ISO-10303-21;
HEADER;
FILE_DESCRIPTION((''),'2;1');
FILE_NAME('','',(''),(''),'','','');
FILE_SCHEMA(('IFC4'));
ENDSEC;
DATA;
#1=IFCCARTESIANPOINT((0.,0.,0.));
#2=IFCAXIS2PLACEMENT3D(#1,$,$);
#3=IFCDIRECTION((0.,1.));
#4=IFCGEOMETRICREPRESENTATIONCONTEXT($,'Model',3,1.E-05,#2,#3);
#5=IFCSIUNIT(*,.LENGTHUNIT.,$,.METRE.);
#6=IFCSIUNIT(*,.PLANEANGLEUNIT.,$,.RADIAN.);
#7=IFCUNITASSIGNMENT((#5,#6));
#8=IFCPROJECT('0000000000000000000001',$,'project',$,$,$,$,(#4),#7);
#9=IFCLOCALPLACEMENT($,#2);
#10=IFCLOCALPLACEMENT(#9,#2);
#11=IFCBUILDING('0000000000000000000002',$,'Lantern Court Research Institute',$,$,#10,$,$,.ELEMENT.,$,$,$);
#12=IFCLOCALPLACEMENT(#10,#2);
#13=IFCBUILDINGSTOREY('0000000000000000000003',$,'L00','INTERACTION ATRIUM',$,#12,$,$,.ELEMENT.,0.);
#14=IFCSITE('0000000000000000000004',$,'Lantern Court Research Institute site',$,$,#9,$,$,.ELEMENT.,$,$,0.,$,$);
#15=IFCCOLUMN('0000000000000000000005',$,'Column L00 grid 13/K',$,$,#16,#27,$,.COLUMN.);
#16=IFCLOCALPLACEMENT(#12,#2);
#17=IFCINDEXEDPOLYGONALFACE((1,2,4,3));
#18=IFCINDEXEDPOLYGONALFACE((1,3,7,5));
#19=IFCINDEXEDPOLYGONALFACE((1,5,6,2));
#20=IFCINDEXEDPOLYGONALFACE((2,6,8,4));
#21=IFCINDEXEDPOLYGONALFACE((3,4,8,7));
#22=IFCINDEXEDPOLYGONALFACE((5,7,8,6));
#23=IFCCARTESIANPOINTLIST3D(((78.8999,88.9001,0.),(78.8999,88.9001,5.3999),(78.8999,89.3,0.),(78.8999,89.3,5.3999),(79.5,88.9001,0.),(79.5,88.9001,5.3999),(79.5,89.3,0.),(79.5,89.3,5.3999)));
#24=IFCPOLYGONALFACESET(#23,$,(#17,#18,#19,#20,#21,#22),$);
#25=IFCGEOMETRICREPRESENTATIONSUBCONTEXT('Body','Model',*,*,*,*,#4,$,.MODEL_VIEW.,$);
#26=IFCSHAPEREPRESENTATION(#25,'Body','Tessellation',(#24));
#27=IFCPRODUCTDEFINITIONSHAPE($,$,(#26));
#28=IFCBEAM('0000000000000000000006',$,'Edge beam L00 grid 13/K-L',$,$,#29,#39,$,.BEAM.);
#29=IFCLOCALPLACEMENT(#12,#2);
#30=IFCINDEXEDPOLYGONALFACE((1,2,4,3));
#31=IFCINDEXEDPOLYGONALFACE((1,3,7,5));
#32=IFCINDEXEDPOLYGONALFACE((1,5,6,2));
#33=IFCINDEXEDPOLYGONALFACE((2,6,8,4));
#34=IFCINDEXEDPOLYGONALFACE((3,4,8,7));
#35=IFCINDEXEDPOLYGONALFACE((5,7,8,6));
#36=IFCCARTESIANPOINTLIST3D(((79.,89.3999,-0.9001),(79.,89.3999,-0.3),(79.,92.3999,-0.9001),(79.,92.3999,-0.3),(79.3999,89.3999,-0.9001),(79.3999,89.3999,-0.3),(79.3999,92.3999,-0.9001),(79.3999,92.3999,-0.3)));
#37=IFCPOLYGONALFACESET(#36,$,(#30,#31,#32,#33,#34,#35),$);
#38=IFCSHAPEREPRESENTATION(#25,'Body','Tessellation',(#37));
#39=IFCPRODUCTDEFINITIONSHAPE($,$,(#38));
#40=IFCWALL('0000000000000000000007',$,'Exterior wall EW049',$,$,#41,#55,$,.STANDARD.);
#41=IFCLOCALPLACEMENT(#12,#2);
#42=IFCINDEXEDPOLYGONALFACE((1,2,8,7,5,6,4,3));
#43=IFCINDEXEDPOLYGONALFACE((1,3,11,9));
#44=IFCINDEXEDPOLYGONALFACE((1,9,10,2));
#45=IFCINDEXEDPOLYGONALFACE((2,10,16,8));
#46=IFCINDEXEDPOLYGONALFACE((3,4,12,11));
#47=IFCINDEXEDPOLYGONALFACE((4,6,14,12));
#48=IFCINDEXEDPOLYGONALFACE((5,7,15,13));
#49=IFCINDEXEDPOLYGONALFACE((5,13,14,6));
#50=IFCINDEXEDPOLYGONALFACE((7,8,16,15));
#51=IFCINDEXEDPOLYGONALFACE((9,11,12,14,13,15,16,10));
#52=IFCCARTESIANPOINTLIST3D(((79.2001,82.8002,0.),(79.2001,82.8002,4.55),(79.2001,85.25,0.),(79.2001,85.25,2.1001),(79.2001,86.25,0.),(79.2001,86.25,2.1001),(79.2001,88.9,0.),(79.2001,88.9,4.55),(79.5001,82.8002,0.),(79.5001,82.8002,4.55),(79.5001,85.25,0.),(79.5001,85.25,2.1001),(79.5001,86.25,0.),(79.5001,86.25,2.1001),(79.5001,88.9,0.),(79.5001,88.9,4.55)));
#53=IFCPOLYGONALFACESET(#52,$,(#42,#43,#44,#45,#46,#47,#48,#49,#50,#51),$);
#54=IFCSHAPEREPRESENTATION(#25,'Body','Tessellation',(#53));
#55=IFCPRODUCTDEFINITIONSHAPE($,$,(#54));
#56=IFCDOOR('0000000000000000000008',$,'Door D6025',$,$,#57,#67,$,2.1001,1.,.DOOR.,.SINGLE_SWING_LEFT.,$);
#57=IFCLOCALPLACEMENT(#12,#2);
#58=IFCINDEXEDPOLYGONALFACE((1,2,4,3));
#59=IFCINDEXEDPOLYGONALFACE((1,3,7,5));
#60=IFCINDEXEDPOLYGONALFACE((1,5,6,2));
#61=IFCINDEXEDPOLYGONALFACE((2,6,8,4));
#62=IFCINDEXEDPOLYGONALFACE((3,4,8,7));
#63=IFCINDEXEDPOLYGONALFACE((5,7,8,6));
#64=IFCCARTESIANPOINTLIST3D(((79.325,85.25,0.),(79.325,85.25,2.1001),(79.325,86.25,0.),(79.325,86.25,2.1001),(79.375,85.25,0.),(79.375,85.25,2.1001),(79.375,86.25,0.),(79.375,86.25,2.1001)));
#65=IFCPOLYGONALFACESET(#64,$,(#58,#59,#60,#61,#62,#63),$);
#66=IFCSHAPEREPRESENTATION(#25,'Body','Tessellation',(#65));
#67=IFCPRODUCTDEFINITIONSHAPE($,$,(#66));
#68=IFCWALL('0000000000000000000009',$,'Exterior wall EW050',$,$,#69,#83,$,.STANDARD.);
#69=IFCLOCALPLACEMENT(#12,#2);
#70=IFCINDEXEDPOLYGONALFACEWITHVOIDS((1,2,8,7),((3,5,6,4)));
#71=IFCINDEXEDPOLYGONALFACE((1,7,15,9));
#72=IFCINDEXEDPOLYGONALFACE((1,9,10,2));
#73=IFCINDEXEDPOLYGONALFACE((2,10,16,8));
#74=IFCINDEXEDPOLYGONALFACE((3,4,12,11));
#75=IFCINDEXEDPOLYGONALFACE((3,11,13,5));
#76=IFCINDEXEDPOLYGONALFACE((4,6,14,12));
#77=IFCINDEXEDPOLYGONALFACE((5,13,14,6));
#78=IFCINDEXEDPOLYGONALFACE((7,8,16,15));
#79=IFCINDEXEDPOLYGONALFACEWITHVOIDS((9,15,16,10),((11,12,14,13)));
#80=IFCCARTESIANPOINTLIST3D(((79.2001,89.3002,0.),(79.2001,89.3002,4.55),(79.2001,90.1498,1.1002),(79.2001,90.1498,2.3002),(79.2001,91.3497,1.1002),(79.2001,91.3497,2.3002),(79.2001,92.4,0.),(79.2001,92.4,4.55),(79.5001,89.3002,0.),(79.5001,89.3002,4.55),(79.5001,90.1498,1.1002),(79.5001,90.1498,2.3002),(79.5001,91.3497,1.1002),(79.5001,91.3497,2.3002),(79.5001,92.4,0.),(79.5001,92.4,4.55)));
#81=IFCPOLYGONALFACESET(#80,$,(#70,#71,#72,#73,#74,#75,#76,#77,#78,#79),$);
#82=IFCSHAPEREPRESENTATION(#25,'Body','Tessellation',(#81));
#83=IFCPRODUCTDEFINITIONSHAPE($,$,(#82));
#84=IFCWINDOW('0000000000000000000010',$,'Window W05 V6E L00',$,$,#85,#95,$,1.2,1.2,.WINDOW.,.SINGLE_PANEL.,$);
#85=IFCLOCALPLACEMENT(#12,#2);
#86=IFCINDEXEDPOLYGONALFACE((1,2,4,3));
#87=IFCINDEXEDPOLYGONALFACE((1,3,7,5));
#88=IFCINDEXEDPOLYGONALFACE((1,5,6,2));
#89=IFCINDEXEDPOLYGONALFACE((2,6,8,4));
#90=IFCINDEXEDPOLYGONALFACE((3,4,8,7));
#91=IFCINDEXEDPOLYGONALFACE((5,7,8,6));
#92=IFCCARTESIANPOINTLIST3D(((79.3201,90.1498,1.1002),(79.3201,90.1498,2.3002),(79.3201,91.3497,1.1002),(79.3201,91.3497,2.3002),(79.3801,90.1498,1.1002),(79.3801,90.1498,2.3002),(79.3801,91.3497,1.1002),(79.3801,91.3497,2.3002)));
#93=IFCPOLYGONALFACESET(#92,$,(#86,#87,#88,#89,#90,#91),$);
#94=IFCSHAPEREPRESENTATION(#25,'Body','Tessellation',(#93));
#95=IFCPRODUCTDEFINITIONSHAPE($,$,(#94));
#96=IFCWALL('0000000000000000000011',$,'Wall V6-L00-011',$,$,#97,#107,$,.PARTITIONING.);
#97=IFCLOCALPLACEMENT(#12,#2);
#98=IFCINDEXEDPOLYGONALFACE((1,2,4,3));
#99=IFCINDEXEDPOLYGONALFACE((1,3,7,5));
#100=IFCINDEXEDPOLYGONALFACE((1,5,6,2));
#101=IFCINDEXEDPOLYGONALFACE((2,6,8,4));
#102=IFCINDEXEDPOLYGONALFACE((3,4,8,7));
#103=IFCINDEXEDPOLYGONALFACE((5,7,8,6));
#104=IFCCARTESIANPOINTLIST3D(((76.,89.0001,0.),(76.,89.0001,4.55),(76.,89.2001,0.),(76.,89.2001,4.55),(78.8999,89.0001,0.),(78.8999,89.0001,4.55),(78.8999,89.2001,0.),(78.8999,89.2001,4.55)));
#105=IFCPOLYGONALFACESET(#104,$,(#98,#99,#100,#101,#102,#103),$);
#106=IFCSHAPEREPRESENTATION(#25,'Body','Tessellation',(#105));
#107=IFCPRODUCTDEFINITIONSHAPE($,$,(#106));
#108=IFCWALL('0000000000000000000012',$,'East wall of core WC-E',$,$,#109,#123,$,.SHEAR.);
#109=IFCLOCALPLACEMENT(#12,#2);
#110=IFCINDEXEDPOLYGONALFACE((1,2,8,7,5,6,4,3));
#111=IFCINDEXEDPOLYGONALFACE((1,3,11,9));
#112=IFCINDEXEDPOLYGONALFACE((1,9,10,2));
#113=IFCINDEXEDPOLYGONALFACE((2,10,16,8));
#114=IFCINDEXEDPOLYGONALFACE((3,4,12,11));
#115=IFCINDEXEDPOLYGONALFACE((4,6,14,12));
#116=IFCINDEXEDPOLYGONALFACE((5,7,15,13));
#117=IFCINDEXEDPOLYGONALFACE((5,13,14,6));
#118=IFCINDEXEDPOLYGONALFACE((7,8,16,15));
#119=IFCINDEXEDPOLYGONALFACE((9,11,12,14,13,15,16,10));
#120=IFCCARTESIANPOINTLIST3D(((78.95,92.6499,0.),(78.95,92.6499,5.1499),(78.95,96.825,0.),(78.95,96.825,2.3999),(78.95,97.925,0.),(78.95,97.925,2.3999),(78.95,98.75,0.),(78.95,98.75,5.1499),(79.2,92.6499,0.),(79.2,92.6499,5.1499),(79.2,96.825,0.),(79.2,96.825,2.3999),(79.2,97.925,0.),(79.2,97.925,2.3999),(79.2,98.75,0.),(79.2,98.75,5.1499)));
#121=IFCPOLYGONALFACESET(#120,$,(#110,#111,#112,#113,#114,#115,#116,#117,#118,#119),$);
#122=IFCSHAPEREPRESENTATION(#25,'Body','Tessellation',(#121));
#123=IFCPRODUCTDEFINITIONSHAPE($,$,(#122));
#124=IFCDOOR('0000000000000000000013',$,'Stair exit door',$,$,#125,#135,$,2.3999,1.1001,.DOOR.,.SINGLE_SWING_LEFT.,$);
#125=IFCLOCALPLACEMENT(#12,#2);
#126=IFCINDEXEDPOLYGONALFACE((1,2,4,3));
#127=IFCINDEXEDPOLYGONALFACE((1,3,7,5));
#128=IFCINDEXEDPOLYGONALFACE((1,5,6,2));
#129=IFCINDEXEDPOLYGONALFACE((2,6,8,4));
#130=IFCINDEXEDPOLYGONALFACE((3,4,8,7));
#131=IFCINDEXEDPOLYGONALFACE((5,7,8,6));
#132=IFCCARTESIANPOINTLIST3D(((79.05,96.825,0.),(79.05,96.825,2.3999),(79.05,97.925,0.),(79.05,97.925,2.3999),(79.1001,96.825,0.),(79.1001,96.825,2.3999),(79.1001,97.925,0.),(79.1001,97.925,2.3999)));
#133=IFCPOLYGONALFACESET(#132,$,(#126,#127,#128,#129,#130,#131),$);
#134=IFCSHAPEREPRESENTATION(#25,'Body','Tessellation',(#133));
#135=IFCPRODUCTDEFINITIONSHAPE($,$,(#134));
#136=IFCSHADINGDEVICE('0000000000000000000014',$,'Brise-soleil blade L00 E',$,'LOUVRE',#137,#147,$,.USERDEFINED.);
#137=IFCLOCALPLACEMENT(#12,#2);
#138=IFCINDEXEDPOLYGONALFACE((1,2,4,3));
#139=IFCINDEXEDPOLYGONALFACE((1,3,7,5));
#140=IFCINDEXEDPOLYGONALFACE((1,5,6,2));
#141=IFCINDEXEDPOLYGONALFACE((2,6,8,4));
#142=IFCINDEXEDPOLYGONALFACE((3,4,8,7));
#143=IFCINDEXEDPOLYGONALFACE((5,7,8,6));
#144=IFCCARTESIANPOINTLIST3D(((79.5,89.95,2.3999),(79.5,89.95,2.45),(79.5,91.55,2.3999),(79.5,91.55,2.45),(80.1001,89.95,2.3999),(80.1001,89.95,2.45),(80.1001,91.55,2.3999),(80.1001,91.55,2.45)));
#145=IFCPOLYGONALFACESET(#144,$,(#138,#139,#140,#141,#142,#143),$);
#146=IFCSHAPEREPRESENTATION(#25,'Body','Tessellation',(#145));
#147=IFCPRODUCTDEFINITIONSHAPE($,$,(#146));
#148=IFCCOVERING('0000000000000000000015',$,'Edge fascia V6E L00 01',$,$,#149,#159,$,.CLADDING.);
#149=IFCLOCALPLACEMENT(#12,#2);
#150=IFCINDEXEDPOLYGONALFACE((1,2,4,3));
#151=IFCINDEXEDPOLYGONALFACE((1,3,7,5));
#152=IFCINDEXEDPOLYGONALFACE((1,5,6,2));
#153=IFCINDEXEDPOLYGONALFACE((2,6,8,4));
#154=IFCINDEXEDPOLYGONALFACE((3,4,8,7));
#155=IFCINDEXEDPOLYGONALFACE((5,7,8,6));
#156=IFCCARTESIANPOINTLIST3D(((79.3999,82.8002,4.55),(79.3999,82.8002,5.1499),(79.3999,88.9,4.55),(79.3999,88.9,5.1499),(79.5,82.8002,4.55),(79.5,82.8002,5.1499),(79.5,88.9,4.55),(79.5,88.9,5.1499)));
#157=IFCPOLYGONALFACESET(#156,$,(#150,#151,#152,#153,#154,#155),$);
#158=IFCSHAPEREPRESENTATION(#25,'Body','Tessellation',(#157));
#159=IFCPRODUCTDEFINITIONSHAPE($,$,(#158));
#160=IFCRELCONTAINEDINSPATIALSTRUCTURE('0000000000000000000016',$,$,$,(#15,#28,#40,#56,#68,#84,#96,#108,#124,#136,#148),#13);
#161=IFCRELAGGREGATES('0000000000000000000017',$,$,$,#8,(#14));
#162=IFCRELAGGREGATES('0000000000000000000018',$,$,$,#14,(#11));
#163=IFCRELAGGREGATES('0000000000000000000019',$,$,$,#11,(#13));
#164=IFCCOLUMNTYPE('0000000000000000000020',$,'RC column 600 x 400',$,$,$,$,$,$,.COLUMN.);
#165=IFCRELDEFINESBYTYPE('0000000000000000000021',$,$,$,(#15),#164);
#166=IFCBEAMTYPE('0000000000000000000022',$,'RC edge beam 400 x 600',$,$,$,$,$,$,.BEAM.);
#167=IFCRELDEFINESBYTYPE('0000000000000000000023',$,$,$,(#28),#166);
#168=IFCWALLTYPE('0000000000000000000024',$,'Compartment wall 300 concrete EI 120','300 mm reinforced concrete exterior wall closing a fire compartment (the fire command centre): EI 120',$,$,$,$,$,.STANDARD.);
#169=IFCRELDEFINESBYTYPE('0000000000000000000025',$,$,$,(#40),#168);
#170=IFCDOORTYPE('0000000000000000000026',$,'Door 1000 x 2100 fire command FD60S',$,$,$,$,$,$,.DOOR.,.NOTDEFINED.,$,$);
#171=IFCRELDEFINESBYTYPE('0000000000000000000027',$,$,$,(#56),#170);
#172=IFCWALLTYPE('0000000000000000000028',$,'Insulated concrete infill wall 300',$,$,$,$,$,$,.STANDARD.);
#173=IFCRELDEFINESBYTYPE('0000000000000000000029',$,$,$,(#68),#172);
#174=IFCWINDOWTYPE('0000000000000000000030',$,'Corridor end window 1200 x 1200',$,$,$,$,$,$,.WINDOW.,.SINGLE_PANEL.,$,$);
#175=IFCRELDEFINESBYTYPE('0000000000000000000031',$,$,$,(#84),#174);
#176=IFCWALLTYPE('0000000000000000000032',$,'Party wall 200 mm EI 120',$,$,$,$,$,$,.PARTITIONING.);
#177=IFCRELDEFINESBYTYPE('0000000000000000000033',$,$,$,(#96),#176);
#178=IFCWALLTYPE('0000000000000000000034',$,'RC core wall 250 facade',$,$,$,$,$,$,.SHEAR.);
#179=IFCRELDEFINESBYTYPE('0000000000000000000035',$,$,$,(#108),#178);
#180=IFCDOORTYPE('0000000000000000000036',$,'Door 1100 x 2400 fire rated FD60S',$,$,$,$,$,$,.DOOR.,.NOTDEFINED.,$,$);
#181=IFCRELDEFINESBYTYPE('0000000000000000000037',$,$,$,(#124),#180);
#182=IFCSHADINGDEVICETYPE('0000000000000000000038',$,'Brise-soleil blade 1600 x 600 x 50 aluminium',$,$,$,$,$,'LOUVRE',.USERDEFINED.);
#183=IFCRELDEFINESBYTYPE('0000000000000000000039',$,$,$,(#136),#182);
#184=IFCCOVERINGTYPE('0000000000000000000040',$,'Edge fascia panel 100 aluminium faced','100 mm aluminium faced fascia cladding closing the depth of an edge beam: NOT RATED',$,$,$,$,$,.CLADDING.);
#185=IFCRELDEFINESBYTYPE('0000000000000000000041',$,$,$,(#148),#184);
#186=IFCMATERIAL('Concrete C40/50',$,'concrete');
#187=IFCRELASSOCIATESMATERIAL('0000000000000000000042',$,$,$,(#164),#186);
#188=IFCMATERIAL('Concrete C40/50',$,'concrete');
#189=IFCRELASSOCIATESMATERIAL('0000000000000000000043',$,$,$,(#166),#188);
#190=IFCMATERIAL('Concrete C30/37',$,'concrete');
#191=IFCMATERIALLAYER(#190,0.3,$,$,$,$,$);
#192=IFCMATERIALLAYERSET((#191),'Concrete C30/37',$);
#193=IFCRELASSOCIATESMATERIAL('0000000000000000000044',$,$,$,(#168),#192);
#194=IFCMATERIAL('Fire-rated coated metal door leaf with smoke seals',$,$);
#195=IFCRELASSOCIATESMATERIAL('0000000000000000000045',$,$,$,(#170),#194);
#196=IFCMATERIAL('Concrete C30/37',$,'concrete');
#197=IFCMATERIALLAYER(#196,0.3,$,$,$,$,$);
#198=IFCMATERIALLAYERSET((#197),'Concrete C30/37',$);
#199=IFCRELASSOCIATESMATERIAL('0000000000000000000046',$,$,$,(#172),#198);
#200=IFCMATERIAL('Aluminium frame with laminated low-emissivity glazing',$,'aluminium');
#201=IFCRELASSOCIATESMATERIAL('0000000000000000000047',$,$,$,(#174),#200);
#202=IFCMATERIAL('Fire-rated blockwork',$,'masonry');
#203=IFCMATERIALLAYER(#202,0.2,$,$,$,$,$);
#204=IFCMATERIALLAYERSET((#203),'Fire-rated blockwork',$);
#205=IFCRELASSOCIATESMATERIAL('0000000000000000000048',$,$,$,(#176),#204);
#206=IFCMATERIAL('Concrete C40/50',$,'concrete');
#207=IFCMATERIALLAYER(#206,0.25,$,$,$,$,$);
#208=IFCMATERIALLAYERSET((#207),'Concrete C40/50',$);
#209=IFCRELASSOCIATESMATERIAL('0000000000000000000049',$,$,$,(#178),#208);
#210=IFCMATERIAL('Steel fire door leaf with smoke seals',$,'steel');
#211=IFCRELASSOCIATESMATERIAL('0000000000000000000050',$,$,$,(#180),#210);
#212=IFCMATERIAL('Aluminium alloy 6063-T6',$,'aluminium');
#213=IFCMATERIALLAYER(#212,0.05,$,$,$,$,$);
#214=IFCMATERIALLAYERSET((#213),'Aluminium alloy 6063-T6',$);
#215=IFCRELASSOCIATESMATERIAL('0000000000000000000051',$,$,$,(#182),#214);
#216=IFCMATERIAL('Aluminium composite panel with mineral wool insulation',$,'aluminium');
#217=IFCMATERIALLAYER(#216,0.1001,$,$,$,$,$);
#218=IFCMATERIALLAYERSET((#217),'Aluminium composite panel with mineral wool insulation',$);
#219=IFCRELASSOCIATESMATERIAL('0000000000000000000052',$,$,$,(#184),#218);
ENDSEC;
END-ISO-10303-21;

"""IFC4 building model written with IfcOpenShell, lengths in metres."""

from ifc_helpers import new_model, si_unit, direction, frame, frame_2d, origin, origin_2d, place, context, subcontext, project, spatial, rectangle, extrude, material, layer, layer_set, material_profile, profile_set, type_object, element, fill, save


model = new_model("IFC4")

# Units and contexts
model_context = context("Model", 3, precision=1e-05, world=origin(), true_north=direction((0.0, 1.0)))
body_context = subcontext(model_context, "Body", "Model", "MODEL_VIEW")
ifc_project = project(units=[si_unit("LENGTHUNIT", "METRE"), si_unit("PLANEANGLEUNIT", "RADIAN")], contexts=[model_context])

# Site, building, storey
site_placement = place(None, origin())
site = spatial("IfcSite", under=ifc_project, at=site_placement, Name="Lantern Court Research Institute site", CompositionType="ELEMENT", RefElevation=0.0)
building_placement = place(site_placement, origin())
building = spatial("IfcBuilding", under=site, at=building_placement, Name="Lantern Court Research Institute", CompositionType="ELEMENT")
storey_placement = place(building_placement, origin())
storey = spatial("IfcBuildingStorey", under=building, at=storey_placement, Name="L00", Description="INTERACTION ATRIUM", CompositionType="ELEMENT", Elevation=0.0)

# Column
ifc_material_1 = material(Name="Concrete C40/50", Category="concrete")
ifc_material_profile_1 = material_profile(ifc_material_1, rectangle(XDim=0.6001, YDim=0.3999, at=origin_2d()), Name="RC column 600 x 400")
ifc_profile_set_1 = profile_set([ifc_material_profile_1], Name="Concrete C40/50")
column_type = type_object("IfcColumnType", Name="RC column 600 x 400", PredefinedType="COLUMN", material=ifc_profile_set_1)
column_placement = place(storey_placement, frame((79.2, 89.1001, 0.0), z_axis=(0.0, 0.0, 1.0), x_axis=(1.0, 0.0, 0.0)))
element("IfcColumn", 1, at=column_placement, inside=storey, type_object=column_type, Name="Column L00 grid 13/K", PredefinedType="COLUMN", context=body_context, shape_type="SweptSolid", body=[
    extrude(rectangle(XDim=0.6001, YDim=0.3999, at=origin_2d()), origin(), (0.0, 0.0, 1.0), 5.3999),
])

# Beam
ifc_material_2 = material(Name="Concrete C40/50", Category="concrete")
ifc_material_profile_2 = material_profile(ifc_material_2, rectangle(XDim=0.3999, YDim=0.6001, at=origin_2d()), Name="RC beam 400 x 600")
ifc_profile_set_2 = profile_set([ifc_material_profile_2], Name="Concrete C40/50")
beam_type = type_object("IfcBeamType", Name="RC edge beam 400 x 600", PredefinedType="BEAM", material=ifc_profile_set_2)
beam_placement = place(storey_placement, frame((79.2, 89.3999, -0.6001), z_axis=(0.0, 1.0, 0.0), x_axis=(-1.0, 0.0, 0.0)))
element("IfcBeam", 2, at=beam_placement, inside=storey, type_object=beam_type, Name="Edge beam L00 grid 13/K-L", PredefinedType="BEAM", context=body_context, shape_type="SweptSolid", body=[
    extrude(rectangle(XDim=0.3999, YDim=0.6001, at=origin_2d()), origin(), (0.0, 0.0, 1.0), 3.0),
])

# Wall, opening, door
ifc_material_3 = material(Name="Concrete C30/37", Category="concrete")
ifc_layer_1 = layer(ifc_material_3, 0.3)
ifc_layer_set_1 = layer_set([ifc_layer_1], Name="Concrete C30/37")
wall_type_1 = type_object("IfcWallType", Name="Compartment wall 300 concrete EI 120", Description="300 mm reinforced concrete exterior wall closing a fire compartment (the fire command centre): EI 120", PredefinedType="STANDARD", material=ifc_layer_set_1)
wall_1_placement = place(storey_placement, frame((79.3501, 88.8999, 0.0), z_axis=(0.0, 0.0, 1.0), x_axis=(0.0, -1.0, 0.0)))
wall_1 = element("IfcWall", 3, at=wall_1_placement, inside=storey, type_object=wall_type_1, Name="Exterior wall EW049", PredefinedType="STANDARD", context=body_context, shape_type="SweptSolid", body=[
    extrude(rectangle(XDim=6.0999, YDim=0.3, at=frame_2d((3.0498, 0.0))), origin(), (0.0, 0.0, 1.0), 4.55),
])
opening_1_placement = place(wall_1_placement, frame((2.6499, 0.0, 0.0)))
opening_1 = element("IfcOpeningElement", 4, at=opening_1_placement, cuts=wall_1, PredefinedType="OPENING", context=body_context, shape_type="SweptSolid", body=[
    extrude(rectangle(XDim=1.0, YDim=2.1001, at=frame_2d((0.5, 1.05))), frame((0.0, 0.1599, 0.0), z_axis=(0.0, -1.0, 0.0), x_axis=(1.0, 0.0, 0.0)), (0.0, 0.0, 1.0), 0.3201),
])
ifc_material_4 = material(Name="Fire-rated coated metal door leaf with smoke seals")
door_type_1 = type_object("IfcDoorType", Name="Door 1000 x 2100 fire command FD60S", OperationType="NOTDEFINED", PredefinedType="DOOR", material=ifc_material_4)
door_1_placement = place(opening_1_placement, origin())
door_1 = element("IfcDoor", 5, at=door_1_placement, inside=storey, type_object=door_type_1, Name="Door D6025", OperationType="SINGLE_SWING_LEFT", OverallHeight=2.1001, OverallWidth=1.0, PredefinedType="DOOR", context=body_context, shape_type="SweptSolid", body=[
    extrude(rectangle(XDim=1.0, YDim=2.1001, at=frame_2d((0.5, 1.05))), frame((0.0, 0.0249, 0.0), z_axis=(0.0, -1.0, 0.0), x_axis=(1.0, 0.0, 0.0)), (0.0, 0.0, 1.0), 0.05),
])
fill(opening_1, door_1)

# Wall, opening, window
ifc_material_5 = material(Name="Concrete C30/37", Category="concrete")
ifc_layer_2 = layer(ifc_material_5, 0.3)
ifc_layer_set_2 = layer_set([ifc_layer_2], Name="Concrete C30/37")
wall_type_2 = type_object("IfcWallType", Name="Insulated concrete infill wall 300", PredefinedType="STANDARD", material=ifc_layer_set_2)
wall_2_placement = place(storey_placement, frame((79.3501, 92.3999, 0.0), z_axis=(0.0, 0.0, 1.0), x_axis=(0.0, -1.0, 0.0)))
wall_2 = element("IfcWall", 6, at=wall_2_placement, inside=storey, type_object=wall_type_2, Name="Exterior wall EW050", PredefinedType="STANDARD", context=body_context, shape_type="SweptSolid", body=[
    extrude(rectangle(XDim=3.0999, YDim=0.3, at=frame_2d((1.5498, 0.0))), origin(), (0.0, 0.0, 1.0), 4.55),
])
opening_2_placement = place(wall_2_placement, frame((1.05, 0.0, 1.1001)))
opening_2 = element("IfcOpeningElement", 7, at=opening_2_placement, cuts=wall_2, PredefinedType="OPENING", context=body_context, shape_type="SweptSolid", body=[
    extrude(rectangle(XDim=1.2, YDim=1.2, at=frame_2d((0.6001, 0.6001))), frame((0.0, 0.1599, 0.0), z_axis=(0.0, -1.0, 0.0), x_axis=(1.0, 0.0, 0.0)), (0.0, 0.0, 1.0), 0.3201),
])
ifc_material_6 = material(Name="Aluminium frame with laminated low-emissivity glazing", Category="aluminium")
window_type = type_object("IfcWindowType", Name="Corridor end window 1200 x 1200", PartitioningType="SINGLE_PANEL", PredefinedType="WINDOW", material=ifc_material_6)
window_placement = place(opening_2_placement, origin())
window = element("IfcWindow", 8, at=window_placement, inside=storey, type_object=window_type, Name="Window W05 V6E L00", OverallHeight=1.2, OverallWidth=1.2, PartitioningType="SINGLE_PANEL", PredefinedType="WINDOW", context=body_context, shape_type="SweptSolid", body=[
    extrude(rectangle(XDim=1.2, YDim=1.2, at=frame_2d((0.6001, 0.6001))), frame((0.0, 0.03, 0.0), z_axis=(0.0, -1.0, 0.0), x_axis=(1.0, 0.0, 0.0)), (0.0, 0.0, 1.0), 0.0601),
])
fill(opening_2, window)

# Wall
ifc_material_7 = material(Name="Fire-rated blockwork", Category="masonry")
ifc_layer_3 = layer(ifc_material_7, 0.2)
ifc_layer_set_3 = layer_set([ifc_layer_3], Name="Fire-rated blockwork")
wall_type_3 = type_object("IfcWallType", Name="Party wall 200 mm EI 120", PredefinedType="PARTITIONING", material=ifc_layer_set_3)
wall_3_placement = place(storey_placement, frame((76.0, 89.1001, 0.0), z_axis=(0.0, 0.0, 1.0), x_axis=(1.0, 0.0, 0.0)))
element("IfcWall", 9, at=wall_3_placement, inside=storey, type_object=wall_type_3, Name="Wall V6-L00-011", PredefinedType="PARTITIONING", context=body_context, shape_type="SweptSolid", body=[
    extrude(rectangle(XDim=2.8999, YDim=0.2, at=frame_2d((1.45, 0.0))), origin(), (0.0, 0.0, 1.0), 4.55),
])

# Wall, opening, door
ifc_material_8 = material(Name="Concrete C40/50", Category="concrete")
ifc_layer_4 = layer(ifc_material_8, 0.25)
ifc_layer_set_4 = layer_set([ifc_layer_4], Name="Concrete C40/50")
wall_type_4 = type_object("IfcWallType", Name="RC core wall 250 facade", PredefinedType="SHEAR", material=ifc_layer_set_4)
wall_4_placement = place(storey_placement, frame((79.075, 92.6499, 0.0), z_axis=(0.0, 0.0, 1.0), x_axis=(0.0, 1.0, 0.0)))
wall_4 = element("IfcWall", 10, at=wall_4_placement, inside=storey, type_object=wall_type_4, Name="East wall of core WC-E", PredefinedType="SHEAR", context=body_context, shape_type="SweptSolid", body=[
    extrude(rectangle(XDim=6.1001, YDim=0.25, at=frame_2d((3.05, 0.0))), origin(), (0.0, 0.0, 1.0), 5.1499),
])
opening_3_placement = place(wall_4_placement, frame((4.175, 0.0, 0.0)))
opening_3 = element("IfcOpeningElement", 11, at=opening_3_placement, cuts=wall_4, PredefinedType="OPENING", context=body_context, shape_type="SweptSolid", body=[
    extrude(rectangle(XDim=1.1001, YDim=2.3999, at=frame_2d((0.55, 1.2))), frame((0.0, 0.135, 0.0), z_axis=(0.0, -1.0, 0.0), x_axis=(1.0, 0.0, 0.0)), (0.0, 0.0, 1.0), 0.27),
])
ifc_material_9 = material(Name="Steel fire door leaf with smoke seals", Category="steel")
door_type_2 = type_object("IfcDoorType", Name="Door 1100 x 2400 fire rated FD60S", OperationType="NOTDEFINED", PredefinedType="DOOR", material=ifc_material_9)
door_2_placement = place(opening_3_placement, origin())
door_2 = element("IfcDoor", 12, at=door_2_placement, inside=storey, type_object=door_type_2, Name="Stair exit door", OperationType="SINGLE_SWING_LEFT", OverallHeight=2.3999, OverallWidth=1.1001, PredefinedType="DOOR", context=body_context, shape_type="SweptSolid", body=[
    extrude(rectangle(XDim=1.1001, YDim=2.3999, at=frame_2d((0.55, 1.2))), frame((0.0, 0.0249, 0.0), z_axis=(0.0, -1.0, 0.0), x_axis=(1.0, 0.0, 0.0)), (0.0, 0.0, 1.0), 0.05),
])
fill(opening_3, door_2)

# Shading device
ifc_material_10 = material(Name="Aluminium alloy 6063-T6", Category="aluminium")
ifc_layer_5 = layer(ifc_material_10, 0.05)
ifc_layer_set_5 = layer_set([ifc_layer_5], Name="Aluminium alloy 6063-T6")
shading_device_type = type_object("IfcShadingDeviceType", Name="Brise-soleil blade 1600 x 600 x 50 aluminium", ElementType="LOUVRE", PredefinedType="USERDEFINED", material=ifc_layer_set_5)
shading_device_placement = place(storey_placement, frame((79.8, 90.75, 2.3999), z_axis=(0.0, 0.0, 1.0), x_axis=(0.0, -1.0, 0.0)))
element("IfcShadingDevice", 13, at=shading_device_placement, inside=storey, type_object=shading_device_type, Name="Brise-soleil blade L00 E", ObjectType="LOUVRE", PredefinedType="USERDEFINED", context=body_context, shape_type="SweptSolid", body=[
    extrude(rectangle(XDim=1.6001, YDim=0.6001, at=origin_2d()), origin(), (0.0, 0.0, 1.0), 0.05),
])

# Covering
ifc_material_11 = material(Name="Aluminium composite panel with mineral wool insulation", Category="aluminium")
ifc_layer_6 = layer(ifc_material_11, 0.1001)
ifc_layer_set_6 = layer_set([ifc_layer_6], Name="Aluminium composite panel with mineral wool insulation")
covering_type_1 = type_object("IfcCoveringType", Name="Edge fascia panel 100 aluminium faced", Description="100 mm aluminium faced fascia cladding closing the depth of an edge beam: NOT RATED", PredefinedType="CLADDING", material=ifc_layer_set_6)
covering_1_placement = place(storey_placement, frame((79.45, 88.8999, 4.55), z_axis=(0.0, 0.0, 1.0), x_axis=(0.0, -1.0, 0.0)))
element("IfcCovering", 14, at=covering_1_placement, inside=storey, type_object=covering_type_1, Name="Edge fascia V6E L00 01", PredefinedType="CLADDING", context=body_context, shape_type="SweptSolid", body=[
    extrude(rectangle(XDim=6.0999, YDim=0.1001, at=frame_2d((3.0498, 0.0))), origin(), (0.0, 0.0, 1.0), 0.5999),
])

save(model, "model.ifc")
